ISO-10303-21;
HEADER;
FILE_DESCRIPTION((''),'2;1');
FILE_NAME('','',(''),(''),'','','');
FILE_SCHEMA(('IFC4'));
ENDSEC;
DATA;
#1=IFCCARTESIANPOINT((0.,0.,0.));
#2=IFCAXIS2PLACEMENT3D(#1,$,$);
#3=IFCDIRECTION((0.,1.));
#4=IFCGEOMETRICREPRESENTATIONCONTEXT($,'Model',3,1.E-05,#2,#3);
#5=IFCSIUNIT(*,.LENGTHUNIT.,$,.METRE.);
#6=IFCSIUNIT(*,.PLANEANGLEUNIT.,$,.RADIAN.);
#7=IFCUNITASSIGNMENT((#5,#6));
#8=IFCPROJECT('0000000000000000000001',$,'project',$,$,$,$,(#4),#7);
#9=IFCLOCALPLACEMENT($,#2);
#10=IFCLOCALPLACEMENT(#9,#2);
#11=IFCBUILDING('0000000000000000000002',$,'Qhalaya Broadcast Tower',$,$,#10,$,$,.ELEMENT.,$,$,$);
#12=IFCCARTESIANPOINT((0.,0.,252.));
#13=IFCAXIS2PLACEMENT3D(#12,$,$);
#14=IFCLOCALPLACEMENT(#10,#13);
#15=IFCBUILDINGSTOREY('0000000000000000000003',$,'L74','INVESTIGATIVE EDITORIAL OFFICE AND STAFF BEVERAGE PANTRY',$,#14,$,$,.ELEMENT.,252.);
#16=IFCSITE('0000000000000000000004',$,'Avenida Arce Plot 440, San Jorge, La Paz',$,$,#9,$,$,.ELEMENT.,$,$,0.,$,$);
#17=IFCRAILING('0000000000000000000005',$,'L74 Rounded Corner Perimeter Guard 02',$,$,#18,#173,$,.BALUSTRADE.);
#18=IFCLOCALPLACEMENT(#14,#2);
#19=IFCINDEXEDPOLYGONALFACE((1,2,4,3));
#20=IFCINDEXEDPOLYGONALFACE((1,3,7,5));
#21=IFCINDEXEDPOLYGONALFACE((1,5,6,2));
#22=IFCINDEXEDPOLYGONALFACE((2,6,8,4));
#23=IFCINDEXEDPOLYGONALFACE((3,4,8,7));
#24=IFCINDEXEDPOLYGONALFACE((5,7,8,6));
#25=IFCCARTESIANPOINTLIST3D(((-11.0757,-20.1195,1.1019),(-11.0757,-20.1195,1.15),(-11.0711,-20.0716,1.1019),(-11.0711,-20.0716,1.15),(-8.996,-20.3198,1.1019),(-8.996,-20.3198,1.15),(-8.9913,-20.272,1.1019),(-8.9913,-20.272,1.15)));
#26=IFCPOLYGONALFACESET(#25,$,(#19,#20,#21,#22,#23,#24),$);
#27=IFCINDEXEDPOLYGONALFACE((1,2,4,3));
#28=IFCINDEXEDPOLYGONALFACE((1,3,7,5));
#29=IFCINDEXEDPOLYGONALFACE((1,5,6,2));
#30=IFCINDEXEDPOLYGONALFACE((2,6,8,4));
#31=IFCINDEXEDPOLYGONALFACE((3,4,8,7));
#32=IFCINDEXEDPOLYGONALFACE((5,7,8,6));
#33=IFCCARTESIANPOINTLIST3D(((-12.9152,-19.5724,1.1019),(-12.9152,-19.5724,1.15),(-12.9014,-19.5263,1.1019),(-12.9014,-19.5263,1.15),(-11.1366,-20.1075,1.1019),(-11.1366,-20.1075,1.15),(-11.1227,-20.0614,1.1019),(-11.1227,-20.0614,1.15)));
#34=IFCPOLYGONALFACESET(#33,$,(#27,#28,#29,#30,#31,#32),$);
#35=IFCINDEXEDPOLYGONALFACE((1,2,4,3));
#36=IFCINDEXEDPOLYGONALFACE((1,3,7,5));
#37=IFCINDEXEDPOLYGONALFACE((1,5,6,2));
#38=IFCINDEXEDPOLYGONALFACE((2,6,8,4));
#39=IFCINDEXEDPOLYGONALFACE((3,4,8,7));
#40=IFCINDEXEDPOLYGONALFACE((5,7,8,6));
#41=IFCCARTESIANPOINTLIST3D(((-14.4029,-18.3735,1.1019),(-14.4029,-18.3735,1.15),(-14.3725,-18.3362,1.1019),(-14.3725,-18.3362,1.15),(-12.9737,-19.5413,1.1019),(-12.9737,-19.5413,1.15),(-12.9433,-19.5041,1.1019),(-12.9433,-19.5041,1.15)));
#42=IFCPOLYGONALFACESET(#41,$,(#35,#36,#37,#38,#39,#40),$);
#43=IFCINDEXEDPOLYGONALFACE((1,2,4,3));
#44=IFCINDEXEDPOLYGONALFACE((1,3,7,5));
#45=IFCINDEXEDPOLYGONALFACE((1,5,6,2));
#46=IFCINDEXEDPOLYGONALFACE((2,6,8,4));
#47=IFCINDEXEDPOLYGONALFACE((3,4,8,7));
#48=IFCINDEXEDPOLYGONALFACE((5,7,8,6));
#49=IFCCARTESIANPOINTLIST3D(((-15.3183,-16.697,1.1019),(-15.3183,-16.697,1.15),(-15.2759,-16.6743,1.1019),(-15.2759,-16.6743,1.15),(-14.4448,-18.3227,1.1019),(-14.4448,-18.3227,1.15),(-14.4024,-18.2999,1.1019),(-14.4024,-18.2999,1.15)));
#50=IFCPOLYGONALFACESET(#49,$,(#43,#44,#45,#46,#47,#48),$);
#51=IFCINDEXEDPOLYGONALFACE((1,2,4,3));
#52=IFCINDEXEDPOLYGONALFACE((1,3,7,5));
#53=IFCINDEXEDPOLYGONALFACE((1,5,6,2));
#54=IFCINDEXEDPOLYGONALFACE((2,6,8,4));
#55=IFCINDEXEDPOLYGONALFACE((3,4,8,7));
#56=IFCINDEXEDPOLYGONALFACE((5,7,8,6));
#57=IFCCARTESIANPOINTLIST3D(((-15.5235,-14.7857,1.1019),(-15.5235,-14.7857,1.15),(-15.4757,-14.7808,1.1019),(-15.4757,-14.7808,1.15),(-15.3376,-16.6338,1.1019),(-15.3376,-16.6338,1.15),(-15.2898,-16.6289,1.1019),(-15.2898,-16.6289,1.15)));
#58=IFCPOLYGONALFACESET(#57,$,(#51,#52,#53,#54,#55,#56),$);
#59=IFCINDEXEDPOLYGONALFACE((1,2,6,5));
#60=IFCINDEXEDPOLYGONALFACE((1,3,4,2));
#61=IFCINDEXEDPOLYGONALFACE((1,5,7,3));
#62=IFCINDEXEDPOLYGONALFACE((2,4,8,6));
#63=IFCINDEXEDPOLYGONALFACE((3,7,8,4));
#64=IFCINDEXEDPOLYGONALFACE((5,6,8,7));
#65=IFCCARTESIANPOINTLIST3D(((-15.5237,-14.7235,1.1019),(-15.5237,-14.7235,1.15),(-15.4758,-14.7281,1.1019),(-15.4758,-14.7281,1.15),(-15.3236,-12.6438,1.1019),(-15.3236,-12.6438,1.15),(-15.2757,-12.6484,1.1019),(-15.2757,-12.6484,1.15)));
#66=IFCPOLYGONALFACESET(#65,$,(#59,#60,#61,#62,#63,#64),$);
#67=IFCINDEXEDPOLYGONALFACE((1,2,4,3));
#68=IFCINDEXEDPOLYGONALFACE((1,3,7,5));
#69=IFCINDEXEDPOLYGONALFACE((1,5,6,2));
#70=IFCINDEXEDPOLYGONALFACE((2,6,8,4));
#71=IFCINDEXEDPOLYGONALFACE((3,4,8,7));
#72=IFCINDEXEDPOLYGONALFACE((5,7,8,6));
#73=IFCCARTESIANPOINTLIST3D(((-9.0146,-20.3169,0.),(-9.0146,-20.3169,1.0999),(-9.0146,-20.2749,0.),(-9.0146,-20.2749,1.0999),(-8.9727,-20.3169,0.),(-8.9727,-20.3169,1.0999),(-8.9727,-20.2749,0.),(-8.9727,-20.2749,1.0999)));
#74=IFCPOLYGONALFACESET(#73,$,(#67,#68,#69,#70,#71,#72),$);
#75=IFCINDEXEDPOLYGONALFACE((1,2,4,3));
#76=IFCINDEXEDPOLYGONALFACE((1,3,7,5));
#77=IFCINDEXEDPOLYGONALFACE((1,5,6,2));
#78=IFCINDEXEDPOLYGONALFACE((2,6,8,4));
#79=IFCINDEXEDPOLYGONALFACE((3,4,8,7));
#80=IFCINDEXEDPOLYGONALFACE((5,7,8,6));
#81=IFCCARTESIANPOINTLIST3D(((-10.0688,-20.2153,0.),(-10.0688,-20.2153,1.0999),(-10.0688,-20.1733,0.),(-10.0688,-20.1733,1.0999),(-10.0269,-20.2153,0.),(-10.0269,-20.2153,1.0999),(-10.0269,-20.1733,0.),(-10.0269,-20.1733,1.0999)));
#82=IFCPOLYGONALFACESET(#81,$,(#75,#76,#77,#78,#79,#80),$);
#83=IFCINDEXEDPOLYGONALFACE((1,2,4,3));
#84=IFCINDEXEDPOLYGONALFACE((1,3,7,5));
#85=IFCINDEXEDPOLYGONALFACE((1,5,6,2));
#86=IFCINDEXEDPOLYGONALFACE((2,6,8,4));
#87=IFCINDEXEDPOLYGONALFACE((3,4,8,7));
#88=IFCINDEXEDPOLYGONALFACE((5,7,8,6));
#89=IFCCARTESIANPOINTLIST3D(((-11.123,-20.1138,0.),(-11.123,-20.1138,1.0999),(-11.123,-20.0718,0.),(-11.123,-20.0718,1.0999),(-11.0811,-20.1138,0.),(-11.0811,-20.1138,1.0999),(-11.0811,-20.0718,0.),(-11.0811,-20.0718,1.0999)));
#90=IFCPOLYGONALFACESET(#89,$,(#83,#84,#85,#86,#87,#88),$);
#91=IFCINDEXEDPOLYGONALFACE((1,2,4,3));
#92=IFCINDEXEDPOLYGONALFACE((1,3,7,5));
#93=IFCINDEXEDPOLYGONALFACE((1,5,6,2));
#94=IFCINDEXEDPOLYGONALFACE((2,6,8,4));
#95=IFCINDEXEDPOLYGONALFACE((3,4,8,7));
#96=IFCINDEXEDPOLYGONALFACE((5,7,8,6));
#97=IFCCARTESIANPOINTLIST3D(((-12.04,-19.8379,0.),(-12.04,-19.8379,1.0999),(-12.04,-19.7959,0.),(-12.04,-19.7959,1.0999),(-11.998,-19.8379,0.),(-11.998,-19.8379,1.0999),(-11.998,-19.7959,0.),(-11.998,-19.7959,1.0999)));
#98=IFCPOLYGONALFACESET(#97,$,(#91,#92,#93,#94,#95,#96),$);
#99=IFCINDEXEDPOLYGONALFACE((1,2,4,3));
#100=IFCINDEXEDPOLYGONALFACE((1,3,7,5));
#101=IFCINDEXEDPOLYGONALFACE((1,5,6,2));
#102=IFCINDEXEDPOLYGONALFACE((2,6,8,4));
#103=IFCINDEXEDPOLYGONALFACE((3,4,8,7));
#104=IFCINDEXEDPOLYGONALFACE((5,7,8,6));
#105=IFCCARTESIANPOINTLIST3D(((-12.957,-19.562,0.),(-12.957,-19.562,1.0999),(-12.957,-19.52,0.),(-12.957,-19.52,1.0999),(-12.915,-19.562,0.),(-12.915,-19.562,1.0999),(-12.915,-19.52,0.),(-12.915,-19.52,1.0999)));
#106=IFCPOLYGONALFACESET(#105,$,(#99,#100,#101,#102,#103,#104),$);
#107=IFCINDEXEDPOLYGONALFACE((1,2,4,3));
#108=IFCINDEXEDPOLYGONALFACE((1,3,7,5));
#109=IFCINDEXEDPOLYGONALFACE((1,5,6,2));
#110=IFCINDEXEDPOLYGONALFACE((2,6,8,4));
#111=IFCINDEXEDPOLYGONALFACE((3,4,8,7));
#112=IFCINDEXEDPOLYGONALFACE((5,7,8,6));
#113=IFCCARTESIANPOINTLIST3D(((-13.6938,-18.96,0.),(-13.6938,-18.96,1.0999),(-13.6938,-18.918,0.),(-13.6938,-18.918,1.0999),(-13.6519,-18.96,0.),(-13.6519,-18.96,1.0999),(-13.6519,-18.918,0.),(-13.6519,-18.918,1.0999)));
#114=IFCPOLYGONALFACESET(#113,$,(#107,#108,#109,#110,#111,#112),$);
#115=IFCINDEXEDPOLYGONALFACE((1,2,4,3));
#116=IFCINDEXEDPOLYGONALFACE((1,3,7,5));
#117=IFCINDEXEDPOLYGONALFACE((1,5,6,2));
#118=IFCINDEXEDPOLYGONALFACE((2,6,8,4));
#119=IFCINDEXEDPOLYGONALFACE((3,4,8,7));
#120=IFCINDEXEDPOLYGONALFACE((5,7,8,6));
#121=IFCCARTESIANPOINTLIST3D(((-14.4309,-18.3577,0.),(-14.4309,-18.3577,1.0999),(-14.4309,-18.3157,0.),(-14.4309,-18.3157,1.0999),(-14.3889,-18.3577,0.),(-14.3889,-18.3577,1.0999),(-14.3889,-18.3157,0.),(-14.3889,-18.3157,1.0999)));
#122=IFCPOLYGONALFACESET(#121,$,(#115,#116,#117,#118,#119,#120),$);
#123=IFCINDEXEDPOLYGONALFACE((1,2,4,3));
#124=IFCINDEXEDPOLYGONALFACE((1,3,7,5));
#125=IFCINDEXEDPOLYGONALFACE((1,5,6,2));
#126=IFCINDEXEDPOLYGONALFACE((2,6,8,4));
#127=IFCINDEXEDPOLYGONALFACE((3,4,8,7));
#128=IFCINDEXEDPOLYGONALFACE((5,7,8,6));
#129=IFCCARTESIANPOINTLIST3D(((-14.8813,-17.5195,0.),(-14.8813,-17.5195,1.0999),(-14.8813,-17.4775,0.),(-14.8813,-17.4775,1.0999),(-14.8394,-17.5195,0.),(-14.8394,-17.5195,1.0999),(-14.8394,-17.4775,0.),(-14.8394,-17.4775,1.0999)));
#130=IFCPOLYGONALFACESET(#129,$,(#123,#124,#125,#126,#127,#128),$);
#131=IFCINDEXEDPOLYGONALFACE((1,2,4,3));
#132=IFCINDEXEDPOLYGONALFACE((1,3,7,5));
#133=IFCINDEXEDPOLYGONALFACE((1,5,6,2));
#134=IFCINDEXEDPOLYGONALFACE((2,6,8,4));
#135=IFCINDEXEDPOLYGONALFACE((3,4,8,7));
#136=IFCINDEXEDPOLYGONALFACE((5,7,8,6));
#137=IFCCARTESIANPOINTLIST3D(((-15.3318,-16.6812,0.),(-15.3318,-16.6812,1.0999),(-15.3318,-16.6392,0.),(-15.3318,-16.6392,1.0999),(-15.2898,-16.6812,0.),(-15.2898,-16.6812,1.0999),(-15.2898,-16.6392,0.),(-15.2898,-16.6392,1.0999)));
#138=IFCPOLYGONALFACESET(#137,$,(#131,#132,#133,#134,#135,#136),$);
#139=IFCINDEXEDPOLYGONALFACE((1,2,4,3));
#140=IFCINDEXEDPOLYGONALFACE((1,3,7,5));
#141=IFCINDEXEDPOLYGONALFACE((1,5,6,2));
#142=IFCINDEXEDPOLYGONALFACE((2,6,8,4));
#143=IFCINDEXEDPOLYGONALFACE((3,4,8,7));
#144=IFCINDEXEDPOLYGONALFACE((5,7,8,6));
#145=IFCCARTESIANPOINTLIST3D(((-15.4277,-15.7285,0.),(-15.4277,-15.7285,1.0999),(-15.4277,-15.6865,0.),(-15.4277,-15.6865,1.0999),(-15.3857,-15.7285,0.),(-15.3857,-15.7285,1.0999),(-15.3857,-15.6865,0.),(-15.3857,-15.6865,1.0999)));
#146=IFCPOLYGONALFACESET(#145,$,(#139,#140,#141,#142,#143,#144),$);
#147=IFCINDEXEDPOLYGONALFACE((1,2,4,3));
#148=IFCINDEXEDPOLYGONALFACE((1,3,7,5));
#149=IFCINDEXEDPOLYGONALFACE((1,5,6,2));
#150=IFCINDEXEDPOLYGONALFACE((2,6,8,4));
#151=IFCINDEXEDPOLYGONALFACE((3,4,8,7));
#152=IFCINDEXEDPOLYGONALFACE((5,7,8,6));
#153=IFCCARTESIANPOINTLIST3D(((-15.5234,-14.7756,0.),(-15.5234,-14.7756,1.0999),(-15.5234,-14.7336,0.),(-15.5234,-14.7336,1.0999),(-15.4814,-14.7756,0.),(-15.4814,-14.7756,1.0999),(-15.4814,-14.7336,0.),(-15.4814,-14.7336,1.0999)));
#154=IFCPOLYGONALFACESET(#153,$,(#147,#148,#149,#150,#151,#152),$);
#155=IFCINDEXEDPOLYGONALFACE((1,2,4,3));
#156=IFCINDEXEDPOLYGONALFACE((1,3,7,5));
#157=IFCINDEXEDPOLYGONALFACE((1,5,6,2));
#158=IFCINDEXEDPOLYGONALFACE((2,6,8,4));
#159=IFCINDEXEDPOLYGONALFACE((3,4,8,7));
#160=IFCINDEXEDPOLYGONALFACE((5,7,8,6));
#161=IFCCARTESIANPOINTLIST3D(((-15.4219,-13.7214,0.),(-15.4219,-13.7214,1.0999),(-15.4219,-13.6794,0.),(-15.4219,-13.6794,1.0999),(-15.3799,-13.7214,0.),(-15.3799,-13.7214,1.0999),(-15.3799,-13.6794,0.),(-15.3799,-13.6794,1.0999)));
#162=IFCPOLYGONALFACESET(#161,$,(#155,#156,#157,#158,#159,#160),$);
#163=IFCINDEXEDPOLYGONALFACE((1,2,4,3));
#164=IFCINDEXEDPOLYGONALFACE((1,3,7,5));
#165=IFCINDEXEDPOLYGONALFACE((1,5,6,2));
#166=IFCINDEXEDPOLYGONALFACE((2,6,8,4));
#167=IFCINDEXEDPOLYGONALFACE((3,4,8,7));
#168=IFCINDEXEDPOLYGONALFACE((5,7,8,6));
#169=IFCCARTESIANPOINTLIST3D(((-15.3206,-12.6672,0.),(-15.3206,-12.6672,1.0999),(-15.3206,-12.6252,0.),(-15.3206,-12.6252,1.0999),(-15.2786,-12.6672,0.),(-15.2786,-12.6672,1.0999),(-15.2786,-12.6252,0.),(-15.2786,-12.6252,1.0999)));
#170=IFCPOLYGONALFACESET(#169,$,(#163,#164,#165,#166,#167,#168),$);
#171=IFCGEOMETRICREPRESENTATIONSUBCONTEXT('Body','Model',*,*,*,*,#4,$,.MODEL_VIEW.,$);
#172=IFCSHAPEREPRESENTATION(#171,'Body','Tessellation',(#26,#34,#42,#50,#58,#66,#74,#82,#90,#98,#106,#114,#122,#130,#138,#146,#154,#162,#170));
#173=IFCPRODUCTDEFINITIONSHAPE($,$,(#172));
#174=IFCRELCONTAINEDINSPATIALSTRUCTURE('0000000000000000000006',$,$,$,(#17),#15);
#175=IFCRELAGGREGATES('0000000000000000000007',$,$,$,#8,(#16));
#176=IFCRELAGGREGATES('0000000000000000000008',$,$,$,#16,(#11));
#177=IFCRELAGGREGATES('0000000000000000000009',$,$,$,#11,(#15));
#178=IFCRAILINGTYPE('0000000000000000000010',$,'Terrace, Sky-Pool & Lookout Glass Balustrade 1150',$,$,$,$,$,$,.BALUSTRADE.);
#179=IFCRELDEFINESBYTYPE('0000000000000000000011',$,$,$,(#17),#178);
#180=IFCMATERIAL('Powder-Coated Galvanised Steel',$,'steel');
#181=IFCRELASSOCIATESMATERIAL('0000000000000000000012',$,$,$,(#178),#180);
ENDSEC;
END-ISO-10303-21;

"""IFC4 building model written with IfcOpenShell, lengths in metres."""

from ifc_helpers import new_model, si_unit, direction, frame, origin, origin_2d, place, context, subcontext, project, spatial, rectangle, extrude, material, type_object, element, save


model = new_model("IFC4")

# Units and contexts
model_context = context("Model", 3, precision=1e-05, world=origin(), true_north=direction((0.0, 1.0)))
body_context = subcontext(model_context, "Body", "Model", "MODEL_VIEW")
ifc_project = project(units=[si_unit("LENGTHUNIT", "METRE"), si_unit("PLANEANGLEUNIT", "RADIAN")], contexts=[model_context])

# Site, building, storey
site_placement = place(None, origin())
site = spatial("IfcSite", under=ifc_project, at=site_placement, Name="Avenida Arce Plot 440, San Jorge, La Paz", CompositionType="ELEMENT", RefElevation=0.0)
building_placement = place(site_placement, origin())
building = spatial("IfcBuilding", under=site, at=building_placement, Name="Qhalaya Broadcast Tower", CompositionType="ELEMENT")
storey_placement = place(building_placement, frame((0.0, 0.0, 252.0)))
storey = spatial("IfcBuildingStorey", under=building, at=storey_placement, Name="L74", Description="INVESTIGATIVE EDITORIAL OFFICE AND STAFF BEVERAGE PANTRY", CompositionType="ELEMENT", Elevation=252.0)

# Railing
ifc_material_1 = material(Name="Powder-Coated Galvanised Steel", Category="steel")
railing_type = type_object("IfcRailingType", Name="Terrace, Sky-Pool & Lookout Glass Balustrade 1150", PredefinedType="BALUSTRADE", material=ifc_material_1)
railing_placement = place(storey_placement, frame((-8.9937, -20.2959, 0.0)))
element("IfcRailing", 1, at=railing_placement, inside=storey, type_object=railing_type, Name="L74 Rounded Corner Perimeter Guard 02", PredefinedType="BALUSTRADE", context=body_context, shape_type="SweptSolid", body=[
    extrude(rectangle(XDim=0.0481, YDim=0.0481, at=origin_2d()), frame((0.0, 0.0, 1.126), z_axis=(-0.995391, 0.095897, 0.0), x_axis=(-0.095897, -0.995391, 0.0)), (0.0, 0.0, 1.0), 2.0894),
    extrude(rectangle(XDim=0.0481, YDim=0.0481, at=origin_2d()), frame((-2.136, 0.2114, 1.126), z_axis=(-0.957601, 0.288096, 0.0), x_axis=(-0.288096, -0.957601, 0.0)), (0.0, 0.0, 1.0), 1.8574),
    extrude(rectangle(XDim=0.0481, YDim=0.0481, at=origin_2d()), frame((-3.9648, 0.7732, 1.126), z_axis=(-0.774357, 0.632749, 0.0), x_axis=(-0.632749, -0.774357, 0.0)), (0.0, 0.0, 1.0), 1.8457),
    extrude(rectangle(XDim=0.0481, YDim=0.0481, at=origin_2d()), frame((-5.4299, 1.9846, 1.126), z_axis=(-0.473342, 0.880879, 0.0), x_axis=(-0.880879, -0.473342, 0.0)), (0.0, 0.0, 1.0), 1.8455),
    extrude(rectangle(XDim=0.0481, YDim=0.0481, at=origin_2d()), frame((-6.3201, 3.6646, 1.126), z_axis=(-0.100072, 0.99498, 0.0), x_axis=(-0.99498, -0.100072, 0.0)), (0.0, 0.0, 1.0), 1.8574),
    extrude(rectangle(XDim=0.0481, YDim=0.0481, at=origin_2d()), frame((-6.5061, 5.5701, 1.126), z_axis=(0.095783, 0.995402, 0.0), x_axis=(-0.995402, 0.095783, 0.0)), (0.0, 0.0, 1.0), 2.0894),
    extrude(rectangle(XDim=0.042, YDim=0.042, at=origin_2d()), origin(), (0.0, 0.0, 1.0), 1.0999),
    extrude(rectangle(XDim=0.042, YDim=0.042, at=origin_2d()), frame((-1.0542, 0.1016, 0.0)), (0.0, 0.0, 1.0), 1.0999),
    extrude(rectangle(XDim=0.042, YDim=0.042, at=origin_2d()), frame((-2.1084, 0.2031, 0.0)), (0.0, 0.0, 1.0), 1.0999),
    extrude(rectangle(XDim=0.042, YDim=0.042, at=origin_2d()), frame((-3.0254, 0.479, 0.0)), (0.0, 0.0, 1.0), 1.0999),
    extrude(rectangle(XDim=0.042, YDim=0.042, at=origin_2d()), frame((-3.9424, 0.7549, 0.0)), (0.0, 0.0, 1.0), 1.0999),
    extrude(rectangle(XDim=0.042, YDim=0.042, at=origin_2d()), frame((-4.6792, 1.3569, 0.0)), (0.0, 0.0, 1.0), 1.0999),
    extrude(rectangle(XDim=0.042, YDim=0.042, at=origin_2d()), frame((-5.4163, 1.9592, 0.0)), (0.0, 0.0, 1.0), 1.0999),
    extrude(rectangle(XDim=0.042, YDim=0.042, at=origin_2d()), frame((-5.8667, 2.7974, 0.0)), (0.0, 0.0, 1.0), 1.0999),
    extrude(rectangle(XDim=0.042, YDim=0.042, at=origin_2d()), frame((-6.3171, 3.6357, 0.0)), (0.0, 0.0, 1.0), 1.0999),
    extrude(rectangle(XDim=0.042, YDim=0.042, at=origin_2d()), frame((-6.4131, 4.5884, 0.0)), (0.0, 0.0, 1.0), 1.0999),
    extrude(rectangle(XDim=0.042, YDim=0.042, at=origin_2d()), frame((-6.5088, 5.5413, 0.0)), (0.0, 0.0, 1.0), 1.0999),
    extrude(rectangle(XDim=0.042, YDim=0.042, at=origin_2d()), frame((-6.4072, 6.5955, 0.0)), (0.0, 0.0, 1.0), 1.0999),
    extrude(rectangle(XDim=0.042, YDim=0.042, at=origin_2d()), frame((-6.3059, 7.6497, 0.0)), (0.0, 0.0, 1.0), 1.0999),
])

save(model, "model.ifc")
